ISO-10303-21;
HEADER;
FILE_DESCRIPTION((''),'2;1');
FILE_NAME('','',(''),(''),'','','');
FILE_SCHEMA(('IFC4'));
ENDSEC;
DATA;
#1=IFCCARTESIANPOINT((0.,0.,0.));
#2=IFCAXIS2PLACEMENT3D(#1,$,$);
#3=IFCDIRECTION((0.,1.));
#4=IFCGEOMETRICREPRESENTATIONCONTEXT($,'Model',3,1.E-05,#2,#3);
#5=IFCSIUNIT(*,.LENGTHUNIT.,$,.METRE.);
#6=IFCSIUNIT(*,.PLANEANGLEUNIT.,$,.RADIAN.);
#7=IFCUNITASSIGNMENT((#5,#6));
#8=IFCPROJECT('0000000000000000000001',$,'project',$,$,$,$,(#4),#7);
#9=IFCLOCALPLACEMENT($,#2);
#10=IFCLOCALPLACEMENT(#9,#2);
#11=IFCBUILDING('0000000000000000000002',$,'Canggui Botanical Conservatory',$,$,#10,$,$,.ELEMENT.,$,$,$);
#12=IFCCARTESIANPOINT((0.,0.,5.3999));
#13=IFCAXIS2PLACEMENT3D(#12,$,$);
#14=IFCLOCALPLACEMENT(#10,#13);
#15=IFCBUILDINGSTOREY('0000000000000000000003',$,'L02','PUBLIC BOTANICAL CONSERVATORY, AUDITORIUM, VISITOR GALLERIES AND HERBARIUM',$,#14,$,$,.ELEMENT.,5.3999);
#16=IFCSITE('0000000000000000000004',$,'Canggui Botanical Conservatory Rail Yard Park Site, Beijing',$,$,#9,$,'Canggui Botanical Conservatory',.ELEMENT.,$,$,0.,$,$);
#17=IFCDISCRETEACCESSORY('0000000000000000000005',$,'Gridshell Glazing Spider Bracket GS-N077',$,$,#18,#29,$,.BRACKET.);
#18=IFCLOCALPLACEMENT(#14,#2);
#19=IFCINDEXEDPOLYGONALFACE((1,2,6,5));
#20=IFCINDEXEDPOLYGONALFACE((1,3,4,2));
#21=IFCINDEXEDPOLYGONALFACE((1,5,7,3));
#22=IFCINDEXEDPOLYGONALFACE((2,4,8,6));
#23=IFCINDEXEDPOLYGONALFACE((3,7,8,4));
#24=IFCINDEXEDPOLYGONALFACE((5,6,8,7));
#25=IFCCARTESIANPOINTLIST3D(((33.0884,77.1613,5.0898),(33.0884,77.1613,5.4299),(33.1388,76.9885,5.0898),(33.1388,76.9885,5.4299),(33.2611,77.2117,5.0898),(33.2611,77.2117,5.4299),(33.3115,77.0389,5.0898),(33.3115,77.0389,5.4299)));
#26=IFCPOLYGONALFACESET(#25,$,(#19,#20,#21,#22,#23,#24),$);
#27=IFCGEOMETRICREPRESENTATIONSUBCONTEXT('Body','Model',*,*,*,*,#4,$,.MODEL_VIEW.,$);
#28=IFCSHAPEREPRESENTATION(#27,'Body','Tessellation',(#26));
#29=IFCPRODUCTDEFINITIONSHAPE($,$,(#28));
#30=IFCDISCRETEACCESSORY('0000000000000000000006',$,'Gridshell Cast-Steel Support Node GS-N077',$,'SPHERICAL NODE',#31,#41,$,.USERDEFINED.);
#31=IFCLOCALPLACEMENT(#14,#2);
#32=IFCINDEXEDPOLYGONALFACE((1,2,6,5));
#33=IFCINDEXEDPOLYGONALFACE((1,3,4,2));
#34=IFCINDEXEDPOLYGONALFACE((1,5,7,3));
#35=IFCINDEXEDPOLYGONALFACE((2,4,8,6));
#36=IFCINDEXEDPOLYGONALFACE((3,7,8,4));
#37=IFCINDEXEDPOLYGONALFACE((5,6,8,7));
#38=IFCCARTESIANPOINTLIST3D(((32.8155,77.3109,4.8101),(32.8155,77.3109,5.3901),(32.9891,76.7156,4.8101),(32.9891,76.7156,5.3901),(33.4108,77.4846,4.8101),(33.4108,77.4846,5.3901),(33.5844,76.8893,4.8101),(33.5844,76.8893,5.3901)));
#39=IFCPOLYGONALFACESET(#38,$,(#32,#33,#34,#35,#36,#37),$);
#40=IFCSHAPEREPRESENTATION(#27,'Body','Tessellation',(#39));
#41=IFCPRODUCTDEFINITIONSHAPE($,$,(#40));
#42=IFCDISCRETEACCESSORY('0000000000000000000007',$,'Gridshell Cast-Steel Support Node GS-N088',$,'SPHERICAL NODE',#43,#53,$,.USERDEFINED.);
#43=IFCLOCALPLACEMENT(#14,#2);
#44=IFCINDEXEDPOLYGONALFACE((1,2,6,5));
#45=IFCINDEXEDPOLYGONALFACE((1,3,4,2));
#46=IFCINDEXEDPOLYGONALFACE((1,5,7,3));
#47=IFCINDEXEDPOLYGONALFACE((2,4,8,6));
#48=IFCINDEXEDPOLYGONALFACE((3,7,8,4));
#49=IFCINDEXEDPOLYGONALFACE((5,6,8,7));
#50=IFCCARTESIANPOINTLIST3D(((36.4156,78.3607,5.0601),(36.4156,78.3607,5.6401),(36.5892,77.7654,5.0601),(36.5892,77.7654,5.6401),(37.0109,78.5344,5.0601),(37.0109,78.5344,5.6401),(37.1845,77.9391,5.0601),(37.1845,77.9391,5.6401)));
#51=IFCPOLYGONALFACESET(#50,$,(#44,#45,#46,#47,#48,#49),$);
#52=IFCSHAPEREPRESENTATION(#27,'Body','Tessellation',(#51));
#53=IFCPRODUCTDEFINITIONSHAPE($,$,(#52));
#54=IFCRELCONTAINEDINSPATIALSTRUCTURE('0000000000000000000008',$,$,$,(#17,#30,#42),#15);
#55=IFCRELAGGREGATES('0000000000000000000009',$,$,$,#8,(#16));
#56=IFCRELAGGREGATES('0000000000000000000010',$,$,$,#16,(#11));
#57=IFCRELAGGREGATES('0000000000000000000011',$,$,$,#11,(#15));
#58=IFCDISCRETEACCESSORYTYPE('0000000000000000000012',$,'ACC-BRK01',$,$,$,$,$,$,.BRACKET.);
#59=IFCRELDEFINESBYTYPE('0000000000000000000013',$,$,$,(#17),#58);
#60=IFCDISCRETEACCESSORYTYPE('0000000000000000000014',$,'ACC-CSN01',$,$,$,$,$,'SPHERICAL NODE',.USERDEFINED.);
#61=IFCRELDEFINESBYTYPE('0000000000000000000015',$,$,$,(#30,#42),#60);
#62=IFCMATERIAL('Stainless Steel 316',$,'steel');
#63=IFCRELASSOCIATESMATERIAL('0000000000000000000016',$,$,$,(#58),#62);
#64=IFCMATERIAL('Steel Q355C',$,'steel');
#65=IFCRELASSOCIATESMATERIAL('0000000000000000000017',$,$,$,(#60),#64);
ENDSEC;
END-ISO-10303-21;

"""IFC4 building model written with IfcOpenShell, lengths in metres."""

from ifc_helpers import new_model, si_unit, direction, frame, origin, origin_2d, place, context, subcontext, project, spatial, rectangle, extrude, material, type_object, element, save


model = new_model("IFC4")

# Units and contexts
model_context = context("Model", 3, precision=1e-05, world=origin(), true_north=direction((0.0, 1.0)))
body_context = subcontext(model_context, "Body", "Model", "MODEL_VIEW")
ifc_project = project(units=[si_unit("LENGTHUNIT", "METRE"), si_unit("PLANEANGLEUNIT", "RADIAN")], contexts=[model_context])

# Site, building, storey
site_placement = place(None, origin())
site = spatial("IfcSite", under=ifc_project, at=site_placement, Name="Canggui Botanical Conservatory Rail Yard Park Site, Beijing", LongName="Canggui Botanical Conservatory", CompositionType="ELEMENT", RefElevation=0.0)
building_placement = place(site_placement, origin())
building = spatial("IfcBuilding", under=site, at=building_placement, Name="Canggui Botanical Conservatory", CompositionType="ELEMENT")
storey_placement = place(building_placement, frame((0.0, 0.0, 5.3999)))
storey = spatial("IfcBuildingStorey", under=building, at=storey_placement, Name="L02", Description="PUBLIC BOTANICAL CONSERVATORY, AUDITORIUM, VISITOR GALLERIES AND HERBARIUM", CompositionType="ELEMENT", Elevation=5.3999)

# Shared definitions
ifc_material_1 = material(Name="Steel Q355C", Category="steel")

# Discrete accessories
ifc_material_2 = material(Name="Stainless Steel 316", Category="steel")
discrete_accessory_type_1 = type_object("IfcDiscreteAccessoryType", Name="ACC-BRK01", PredefinedType="BRACKET", material=ifc_material_2)
for number, where, z_axis, x_axis, name in (
    (1, (33.2, 77.1001, 5.0898), (0.0, 0.0, 1.0), (0.96, 0.28, 0.0), "Gridshell Glazing Spider Bracket GS-N077"),
):
    element("IfcDiscreteAccessory", number, at=place(storey_placement, frame(where, z_axis=z_axis, x_axis=x_axis)), inside=storey, type_object=discrete_accessory_type_1, Name=name, PredefinedType="BRACKET", context=body_context, shape_type="SweptSolid", body=[
        extrude(rectangle(XDim=0.1799, YDim=0.1799, at=origin_2d()), origin(), (0.0, 0.0, 1.0), 0.3401),
    ])
discrete_accessory_type_2 = type_object("IfcDiscreteAccessoryType", Name="ACC-CSN01", ElementType="SPHERICAL NODE", PredefinedType="USERDEFINED", material=ifc_material_1)
for number, where, z_axis, x_axis, name in (
    (2, (33.2, 77.1001, 4.8101), (0.0, 0.0, 1.0), (0.96, 0.28, 0.0), "Gridshell Cast-Steel Support Node GS-N077"),
    (3, (36.8, 78.1499, 5.0601), (0.0, 0.0, 1.0), (0.96, 0.28, 0.0), "Gridshell Cast-Steel Support Node GS-N088"),
):
    element("IfcDiscreteAccessory", number, at=place(storey_placement, frame(where, z_axis=z_axis, x_axis=x_axis)), inside=storey, type_object=discrete_accessory_type_2, Name=name, ObjectType="SPHERICAL NODE", PredefinedType="USERDEFINED", context=body_context, shape_type="SweptSolid", body=[
        extrude(rectangle(XDim=0.6201, YDim=0.6201, at=origin_2d()), origin(), (0.0, 0.0, 1.0), 0.5801),
    ])

save(model, "model.ifc")
